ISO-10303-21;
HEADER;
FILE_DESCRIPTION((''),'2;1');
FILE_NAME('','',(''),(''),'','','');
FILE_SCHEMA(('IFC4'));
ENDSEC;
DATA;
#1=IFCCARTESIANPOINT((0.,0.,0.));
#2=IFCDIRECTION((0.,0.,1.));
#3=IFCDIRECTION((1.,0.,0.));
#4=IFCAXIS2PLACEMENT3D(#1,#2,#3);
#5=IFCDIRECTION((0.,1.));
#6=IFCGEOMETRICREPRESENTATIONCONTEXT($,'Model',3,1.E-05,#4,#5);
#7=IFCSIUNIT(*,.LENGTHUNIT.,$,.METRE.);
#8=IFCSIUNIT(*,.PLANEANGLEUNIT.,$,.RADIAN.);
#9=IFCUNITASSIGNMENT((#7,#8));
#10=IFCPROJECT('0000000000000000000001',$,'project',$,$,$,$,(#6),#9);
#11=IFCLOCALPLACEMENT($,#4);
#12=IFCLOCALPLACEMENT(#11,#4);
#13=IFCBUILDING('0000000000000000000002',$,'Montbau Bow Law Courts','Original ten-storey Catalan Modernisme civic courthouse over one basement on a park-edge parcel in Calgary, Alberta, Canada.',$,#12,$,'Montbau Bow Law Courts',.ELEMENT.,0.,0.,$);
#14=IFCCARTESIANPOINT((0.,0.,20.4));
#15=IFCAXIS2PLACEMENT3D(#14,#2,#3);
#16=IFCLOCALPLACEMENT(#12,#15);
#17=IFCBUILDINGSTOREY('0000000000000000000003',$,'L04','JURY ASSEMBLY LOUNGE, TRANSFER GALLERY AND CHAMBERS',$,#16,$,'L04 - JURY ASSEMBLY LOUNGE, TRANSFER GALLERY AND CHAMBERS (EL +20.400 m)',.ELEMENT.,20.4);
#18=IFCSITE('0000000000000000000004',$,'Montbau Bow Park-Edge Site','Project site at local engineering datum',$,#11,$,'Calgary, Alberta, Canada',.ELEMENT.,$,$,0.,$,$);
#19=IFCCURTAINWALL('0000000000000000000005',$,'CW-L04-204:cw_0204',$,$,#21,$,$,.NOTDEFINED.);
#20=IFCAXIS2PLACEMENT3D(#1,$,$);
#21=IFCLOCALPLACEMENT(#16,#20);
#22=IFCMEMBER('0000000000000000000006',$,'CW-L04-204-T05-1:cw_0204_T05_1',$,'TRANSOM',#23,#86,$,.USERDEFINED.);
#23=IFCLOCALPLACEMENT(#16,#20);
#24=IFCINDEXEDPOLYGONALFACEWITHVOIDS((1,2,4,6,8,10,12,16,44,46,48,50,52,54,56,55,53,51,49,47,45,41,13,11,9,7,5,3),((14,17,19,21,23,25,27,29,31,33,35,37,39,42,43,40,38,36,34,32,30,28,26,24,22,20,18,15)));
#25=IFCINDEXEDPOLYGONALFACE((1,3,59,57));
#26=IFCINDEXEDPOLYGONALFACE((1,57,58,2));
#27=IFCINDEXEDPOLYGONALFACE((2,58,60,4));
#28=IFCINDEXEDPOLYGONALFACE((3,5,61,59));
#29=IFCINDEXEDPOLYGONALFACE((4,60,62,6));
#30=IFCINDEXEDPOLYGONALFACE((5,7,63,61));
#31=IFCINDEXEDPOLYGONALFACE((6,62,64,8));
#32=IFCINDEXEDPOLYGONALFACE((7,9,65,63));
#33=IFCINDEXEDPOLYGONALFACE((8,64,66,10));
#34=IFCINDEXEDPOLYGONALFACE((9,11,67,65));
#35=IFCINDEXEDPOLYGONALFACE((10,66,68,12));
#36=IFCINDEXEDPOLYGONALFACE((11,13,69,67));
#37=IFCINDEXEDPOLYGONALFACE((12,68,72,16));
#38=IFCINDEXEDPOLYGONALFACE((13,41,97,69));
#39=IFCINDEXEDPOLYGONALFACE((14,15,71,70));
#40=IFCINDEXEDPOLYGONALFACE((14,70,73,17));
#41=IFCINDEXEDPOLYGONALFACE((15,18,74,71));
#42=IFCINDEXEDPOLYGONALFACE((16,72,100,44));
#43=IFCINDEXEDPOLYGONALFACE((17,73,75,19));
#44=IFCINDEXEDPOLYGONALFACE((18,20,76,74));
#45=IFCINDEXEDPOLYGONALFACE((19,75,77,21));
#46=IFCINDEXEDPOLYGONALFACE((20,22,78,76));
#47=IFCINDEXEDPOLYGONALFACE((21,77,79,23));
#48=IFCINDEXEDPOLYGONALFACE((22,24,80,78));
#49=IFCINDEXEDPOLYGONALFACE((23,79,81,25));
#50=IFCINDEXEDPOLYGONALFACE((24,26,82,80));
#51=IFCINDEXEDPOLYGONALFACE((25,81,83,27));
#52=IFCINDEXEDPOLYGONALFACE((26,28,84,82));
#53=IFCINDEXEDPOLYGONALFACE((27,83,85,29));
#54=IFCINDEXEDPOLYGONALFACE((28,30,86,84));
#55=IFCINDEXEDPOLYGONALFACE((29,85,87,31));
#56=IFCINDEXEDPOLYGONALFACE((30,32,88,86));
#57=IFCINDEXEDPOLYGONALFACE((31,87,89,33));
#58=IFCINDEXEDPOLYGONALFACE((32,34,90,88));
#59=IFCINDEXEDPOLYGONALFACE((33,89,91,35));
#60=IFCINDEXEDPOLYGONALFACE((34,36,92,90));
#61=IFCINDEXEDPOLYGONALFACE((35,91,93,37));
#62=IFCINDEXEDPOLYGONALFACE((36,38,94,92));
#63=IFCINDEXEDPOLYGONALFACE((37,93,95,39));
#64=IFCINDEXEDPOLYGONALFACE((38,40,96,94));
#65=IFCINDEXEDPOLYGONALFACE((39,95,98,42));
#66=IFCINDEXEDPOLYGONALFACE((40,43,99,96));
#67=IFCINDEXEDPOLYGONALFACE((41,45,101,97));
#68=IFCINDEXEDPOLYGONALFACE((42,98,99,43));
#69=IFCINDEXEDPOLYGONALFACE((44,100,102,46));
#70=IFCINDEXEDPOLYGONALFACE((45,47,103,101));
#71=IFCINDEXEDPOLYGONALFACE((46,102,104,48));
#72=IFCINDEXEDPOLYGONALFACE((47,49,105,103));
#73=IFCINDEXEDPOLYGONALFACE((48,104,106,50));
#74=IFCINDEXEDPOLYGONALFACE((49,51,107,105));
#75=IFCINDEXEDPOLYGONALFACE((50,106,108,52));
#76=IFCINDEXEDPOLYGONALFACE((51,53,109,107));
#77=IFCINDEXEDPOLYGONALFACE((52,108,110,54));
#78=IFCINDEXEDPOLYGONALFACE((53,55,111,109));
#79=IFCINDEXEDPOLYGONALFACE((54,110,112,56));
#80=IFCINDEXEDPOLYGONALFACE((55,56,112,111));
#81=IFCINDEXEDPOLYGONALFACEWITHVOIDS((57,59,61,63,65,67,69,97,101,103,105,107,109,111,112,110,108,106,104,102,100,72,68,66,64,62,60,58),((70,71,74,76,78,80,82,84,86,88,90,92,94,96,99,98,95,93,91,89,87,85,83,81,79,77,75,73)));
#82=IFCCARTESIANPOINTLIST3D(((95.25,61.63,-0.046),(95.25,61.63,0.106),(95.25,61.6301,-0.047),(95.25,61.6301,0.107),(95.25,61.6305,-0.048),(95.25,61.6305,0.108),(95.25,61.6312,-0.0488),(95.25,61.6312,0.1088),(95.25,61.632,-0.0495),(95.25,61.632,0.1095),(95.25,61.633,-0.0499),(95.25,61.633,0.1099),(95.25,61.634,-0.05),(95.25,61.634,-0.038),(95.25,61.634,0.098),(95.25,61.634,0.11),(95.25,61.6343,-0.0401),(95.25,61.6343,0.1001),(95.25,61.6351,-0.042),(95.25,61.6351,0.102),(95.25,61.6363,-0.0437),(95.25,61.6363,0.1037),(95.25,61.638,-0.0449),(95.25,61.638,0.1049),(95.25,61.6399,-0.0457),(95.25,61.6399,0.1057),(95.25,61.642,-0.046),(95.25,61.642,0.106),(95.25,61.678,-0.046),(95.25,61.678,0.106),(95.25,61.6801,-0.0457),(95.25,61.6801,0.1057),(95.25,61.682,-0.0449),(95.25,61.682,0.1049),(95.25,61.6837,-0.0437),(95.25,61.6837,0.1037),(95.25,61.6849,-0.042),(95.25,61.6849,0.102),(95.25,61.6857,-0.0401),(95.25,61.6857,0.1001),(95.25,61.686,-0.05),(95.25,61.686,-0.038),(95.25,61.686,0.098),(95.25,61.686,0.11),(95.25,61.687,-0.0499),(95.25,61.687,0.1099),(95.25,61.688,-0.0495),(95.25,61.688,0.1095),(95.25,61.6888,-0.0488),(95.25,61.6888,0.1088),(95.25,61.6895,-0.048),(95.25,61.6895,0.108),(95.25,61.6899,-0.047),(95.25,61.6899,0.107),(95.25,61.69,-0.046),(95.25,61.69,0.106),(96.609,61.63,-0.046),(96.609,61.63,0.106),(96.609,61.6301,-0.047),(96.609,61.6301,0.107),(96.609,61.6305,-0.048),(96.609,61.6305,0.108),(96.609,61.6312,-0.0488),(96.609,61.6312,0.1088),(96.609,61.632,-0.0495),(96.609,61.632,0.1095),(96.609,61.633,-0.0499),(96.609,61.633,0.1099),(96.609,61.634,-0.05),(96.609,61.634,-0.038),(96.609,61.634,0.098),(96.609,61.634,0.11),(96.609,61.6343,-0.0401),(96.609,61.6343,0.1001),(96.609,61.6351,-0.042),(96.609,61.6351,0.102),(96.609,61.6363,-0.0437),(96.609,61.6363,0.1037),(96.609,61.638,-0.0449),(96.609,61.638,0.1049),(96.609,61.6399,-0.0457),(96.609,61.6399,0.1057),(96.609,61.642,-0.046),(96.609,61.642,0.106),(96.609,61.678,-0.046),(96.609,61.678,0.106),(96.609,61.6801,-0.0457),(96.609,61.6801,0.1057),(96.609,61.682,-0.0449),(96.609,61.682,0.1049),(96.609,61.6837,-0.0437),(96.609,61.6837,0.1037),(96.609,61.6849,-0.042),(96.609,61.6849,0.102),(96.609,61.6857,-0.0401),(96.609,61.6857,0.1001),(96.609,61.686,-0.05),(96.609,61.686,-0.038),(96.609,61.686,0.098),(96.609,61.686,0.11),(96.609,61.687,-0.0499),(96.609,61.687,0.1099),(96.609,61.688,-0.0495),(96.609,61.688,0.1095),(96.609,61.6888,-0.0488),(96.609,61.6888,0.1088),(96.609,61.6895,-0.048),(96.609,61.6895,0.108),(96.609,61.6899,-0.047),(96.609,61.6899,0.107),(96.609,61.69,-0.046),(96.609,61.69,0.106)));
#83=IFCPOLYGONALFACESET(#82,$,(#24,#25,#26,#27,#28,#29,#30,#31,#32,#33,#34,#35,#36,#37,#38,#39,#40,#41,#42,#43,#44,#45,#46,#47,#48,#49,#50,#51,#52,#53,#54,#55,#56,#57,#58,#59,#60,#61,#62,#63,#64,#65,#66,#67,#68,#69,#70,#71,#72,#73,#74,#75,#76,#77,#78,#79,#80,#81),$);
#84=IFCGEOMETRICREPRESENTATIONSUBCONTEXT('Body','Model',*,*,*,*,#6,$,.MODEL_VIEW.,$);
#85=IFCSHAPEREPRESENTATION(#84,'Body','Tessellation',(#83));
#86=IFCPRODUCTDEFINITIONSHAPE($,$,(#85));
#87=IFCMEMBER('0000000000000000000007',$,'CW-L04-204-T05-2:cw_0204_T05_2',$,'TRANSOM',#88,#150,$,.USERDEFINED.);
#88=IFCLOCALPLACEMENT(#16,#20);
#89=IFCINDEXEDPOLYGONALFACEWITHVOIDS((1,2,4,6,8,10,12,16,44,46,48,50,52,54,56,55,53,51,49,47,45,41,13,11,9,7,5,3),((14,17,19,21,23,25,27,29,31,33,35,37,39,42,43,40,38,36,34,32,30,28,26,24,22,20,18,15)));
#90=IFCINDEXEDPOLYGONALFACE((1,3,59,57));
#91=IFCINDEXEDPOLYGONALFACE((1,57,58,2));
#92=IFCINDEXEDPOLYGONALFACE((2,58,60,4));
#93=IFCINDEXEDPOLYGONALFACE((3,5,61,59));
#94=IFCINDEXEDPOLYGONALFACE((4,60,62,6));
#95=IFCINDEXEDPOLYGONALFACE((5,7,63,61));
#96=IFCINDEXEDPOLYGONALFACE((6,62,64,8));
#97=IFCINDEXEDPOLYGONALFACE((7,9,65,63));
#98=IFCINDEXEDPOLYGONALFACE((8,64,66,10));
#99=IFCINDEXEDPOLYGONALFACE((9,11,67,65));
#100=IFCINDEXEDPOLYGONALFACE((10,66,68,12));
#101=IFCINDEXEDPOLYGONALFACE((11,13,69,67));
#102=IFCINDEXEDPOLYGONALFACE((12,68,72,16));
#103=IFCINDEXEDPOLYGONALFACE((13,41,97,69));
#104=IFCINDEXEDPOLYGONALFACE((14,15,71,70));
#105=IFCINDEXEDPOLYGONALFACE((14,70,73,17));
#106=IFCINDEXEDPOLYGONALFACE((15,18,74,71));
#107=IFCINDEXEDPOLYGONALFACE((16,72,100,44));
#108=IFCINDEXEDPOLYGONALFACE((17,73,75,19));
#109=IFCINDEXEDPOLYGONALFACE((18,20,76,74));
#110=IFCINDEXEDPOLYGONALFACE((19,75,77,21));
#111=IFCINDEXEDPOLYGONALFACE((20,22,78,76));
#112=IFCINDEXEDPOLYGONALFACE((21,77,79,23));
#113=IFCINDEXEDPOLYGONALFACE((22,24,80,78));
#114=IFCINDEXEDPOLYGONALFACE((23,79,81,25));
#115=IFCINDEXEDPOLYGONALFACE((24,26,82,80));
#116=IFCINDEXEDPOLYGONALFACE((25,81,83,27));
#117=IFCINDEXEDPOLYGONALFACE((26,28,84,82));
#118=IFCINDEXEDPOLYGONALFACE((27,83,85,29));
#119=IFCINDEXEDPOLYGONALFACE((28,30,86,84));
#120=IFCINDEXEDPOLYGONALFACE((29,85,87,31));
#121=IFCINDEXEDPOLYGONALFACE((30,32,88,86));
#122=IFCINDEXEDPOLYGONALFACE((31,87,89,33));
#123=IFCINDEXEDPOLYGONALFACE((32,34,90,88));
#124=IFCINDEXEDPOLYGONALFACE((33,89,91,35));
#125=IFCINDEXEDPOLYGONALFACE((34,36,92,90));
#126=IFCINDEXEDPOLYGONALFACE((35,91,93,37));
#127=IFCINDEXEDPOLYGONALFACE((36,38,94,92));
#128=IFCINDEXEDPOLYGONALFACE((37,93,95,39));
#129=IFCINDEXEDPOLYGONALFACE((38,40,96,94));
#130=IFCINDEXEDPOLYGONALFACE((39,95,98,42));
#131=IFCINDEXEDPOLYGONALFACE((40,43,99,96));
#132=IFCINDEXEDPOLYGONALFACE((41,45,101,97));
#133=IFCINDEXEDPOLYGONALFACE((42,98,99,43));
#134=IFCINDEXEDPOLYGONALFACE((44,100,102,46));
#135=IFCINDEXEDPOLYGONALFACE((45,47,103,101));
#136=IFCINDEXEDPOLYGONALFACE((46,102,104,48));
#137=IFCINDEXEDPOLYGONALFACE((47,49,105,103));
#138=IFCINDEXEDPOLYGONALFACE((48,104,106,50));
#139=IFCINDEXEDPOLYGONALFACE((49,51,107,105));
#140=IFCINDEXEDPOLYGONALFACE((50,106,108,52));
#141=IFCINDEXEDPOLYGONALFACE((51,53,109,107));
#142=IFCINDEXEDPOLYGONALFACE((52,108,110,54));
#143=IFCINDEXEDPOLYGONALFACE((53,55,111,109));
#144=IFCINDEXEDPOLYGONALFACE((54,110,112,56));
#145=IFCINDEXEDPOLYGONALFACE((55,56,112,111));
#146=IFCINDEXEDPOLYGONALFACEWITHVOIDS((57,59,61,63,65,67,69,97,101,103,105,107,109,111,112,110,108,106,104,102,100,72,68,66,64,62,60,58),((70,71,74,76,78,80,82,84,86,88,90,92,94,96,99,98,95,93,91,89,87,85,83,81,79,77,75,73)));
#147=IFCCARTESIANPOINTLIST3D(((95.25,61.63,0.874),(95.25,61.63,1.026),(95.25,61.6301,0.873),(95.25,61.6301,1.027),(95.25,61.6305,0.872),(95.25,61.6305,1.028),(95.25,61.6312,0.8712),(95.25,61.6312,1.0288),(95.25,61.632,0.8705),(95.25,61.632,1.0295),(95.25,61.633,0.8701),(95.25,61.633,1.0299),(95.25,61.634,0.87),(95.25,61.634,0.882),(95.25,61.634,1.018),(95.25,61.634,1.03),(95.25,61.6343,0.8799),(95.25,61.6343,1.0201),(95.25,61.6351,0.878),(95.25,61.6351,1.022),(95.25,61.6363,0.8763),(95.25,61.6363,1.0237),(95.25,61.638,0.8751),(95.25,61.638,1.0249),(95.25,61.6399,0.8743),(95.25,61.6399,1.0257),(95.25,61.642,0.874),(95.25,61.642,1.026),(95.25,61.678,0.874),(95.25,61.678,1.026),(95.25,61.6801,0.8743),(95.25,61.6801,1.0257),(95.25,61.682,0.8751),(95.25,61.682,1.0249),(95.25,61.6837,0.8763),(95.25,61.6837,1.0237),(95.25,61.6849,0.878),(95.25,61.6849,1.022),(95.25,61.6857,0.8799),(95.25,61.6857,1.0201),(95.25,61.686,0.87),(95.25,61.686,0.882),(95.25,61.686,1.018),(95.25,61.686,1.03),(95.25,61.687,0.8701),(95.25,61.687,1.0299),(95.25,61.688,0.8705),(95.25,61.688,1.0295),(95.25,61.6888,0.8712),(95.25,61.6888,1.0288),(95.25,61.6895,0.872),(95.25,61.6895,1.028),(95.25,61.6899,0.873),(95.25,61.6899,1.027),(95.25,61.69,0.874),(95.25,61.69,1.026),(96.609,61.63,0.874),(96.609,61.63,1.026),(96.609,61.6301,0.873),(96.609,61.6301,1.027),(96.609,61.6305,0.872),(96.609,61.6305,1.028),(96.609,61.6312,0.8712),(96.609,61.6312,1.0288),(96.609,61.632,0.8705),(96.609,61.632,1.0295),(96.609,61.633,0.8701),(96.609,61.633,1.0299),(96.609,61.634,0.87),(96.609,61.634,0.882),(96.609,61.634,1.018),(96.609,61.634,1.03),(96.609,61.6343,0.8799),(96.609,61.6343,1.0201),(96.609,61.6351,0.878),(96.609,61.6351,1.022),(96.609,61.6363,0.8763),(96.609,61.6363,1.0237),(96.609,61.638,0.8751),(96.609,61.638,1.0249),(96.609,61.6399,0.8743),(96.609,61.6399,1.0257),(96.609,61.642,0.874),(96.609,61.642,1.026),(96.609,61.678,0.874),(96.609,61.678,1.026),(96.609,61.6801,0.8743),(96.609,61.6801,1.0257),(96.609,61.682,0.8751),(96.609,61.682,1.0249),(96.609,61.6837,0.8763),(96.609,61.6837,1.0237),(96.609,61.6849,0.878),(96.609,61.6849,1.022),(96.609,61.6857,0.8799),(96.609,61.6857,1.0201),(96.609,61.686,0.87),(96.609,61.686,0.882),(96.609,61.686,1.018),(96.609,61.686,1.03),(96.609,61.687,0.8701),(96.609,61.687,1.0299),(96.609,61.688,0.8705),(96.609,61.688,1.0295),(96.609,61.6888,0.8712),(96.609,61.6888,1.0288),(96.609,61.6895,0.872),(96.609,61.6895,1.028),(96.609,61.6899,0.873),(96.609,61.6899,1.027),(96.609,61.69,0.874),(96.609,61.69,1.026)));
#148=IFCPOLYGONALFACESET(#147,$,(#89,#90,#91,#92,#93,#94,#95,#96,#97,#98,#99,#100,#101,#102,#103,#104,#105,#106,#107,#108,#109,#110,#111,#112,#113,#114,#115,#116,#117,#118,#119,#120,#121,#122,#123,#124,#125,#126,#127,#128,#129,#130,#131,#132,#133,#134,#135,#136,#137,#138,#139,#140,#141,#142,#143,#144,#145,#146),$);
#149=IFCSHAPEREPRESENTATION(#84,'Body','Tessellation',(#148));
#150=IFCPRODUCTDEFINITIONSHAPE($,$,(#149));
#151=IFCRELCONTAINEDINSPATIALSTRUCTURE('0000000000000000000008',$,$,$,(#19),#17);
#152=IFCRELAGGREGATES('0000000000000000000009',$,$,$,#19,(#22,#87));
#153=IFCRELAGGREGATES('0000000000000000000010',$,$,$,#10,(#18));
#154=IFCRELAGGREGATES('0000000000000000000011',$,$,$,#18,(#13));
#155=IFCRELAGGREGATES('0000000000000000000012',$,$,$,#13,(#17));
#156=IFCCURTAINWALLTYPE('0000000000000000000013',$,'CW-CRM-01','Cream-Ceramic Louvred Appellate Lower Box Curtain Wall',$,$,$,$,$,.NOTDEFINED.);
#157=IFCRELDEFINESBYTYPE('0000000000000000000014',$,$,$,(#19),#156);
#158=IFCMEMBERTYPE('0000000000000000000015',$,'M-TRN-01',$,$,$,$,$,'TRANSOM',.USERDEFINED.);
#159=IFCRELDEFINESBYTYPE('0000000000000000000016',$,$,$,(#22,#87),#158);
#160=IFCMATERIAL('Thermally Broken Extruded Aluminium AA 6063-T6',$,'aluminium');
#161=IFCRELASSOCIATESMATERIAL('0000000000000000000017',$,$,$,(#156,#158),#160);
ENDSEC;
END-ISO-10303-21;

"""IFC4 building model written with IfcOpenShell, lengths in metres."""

from ifc_helpers import new_model, si_unit, direction, frame, origin_with_axes, origin_2d_with_axis, place, context, subcontext, project, spatial, hollow_rectangle, extrude, material, material_profile, profile_set, type_object, element, aggregate, save


model = new_model("IFC4")

# Units and contexts
model_context = context("Model", 3, precision=1e-05, world=origin_with_axes(), true_north=direction((0.0, 1.0)))
body_context = subcontext(model_context, "Body", "Model", "MODEL_VIEW")
ifc_project = project(units=[si_unit("LENGTHUNIT", "METRE"), si_unit("PLANEANGLEUNIT", "RADIAN")], contexts=[model_context])

# Site, building, storey
site_placement = place(None, origin_with_axes())
site = spatial("IfcSite", under=ifc_project, at=site_placement, Name="Montbau Bow Park-Edge Site", Description="Project site at local engineering datum", LongName="Calgary, Alberta, Canada", CompositionType="ELEMENT", RefElevation=0.0)
building_placement = place(site_placement, origin_with_axes())
building = spatial("IfcBuilding", under=site, at=building_placement, Name="Montbau Bow Law Courts", Description="Original ten-storey Catalan Modernisme civic courthouse over one basement on a park-edge parcel in Calgary, Alberta, Canada.", LongName="Montbau Bow Law Courts", CompositionType="ELEMENT", ElevationOfRefHeight=0.0, ElevationOfTerrain=0.0)
storey_placement = place(building_placement, frame((0.0, 0.0, 20.4), z_axis=(0.0, 0.0, 1.0), x_axis=(1.0, 0.0, 0.0)))
storey = spatial("IfcBuildingStorey", under=building, at=storey_placement, Name="L04", Description="JURY ASSEMBLY LOUNGE, TRANSFER GALLERY AND CHAMBERS", LongName="L04 - JURY ASSEMBLY LOUNGE, TRANSFER GALLERY AND CHAMBERS (EL +20.400 m)", CompositionType="ELEMENT", Elevation=20.4)

# Curtain wall, members
ifc_material_1 = material(Name="Thermally Broken Extruded Aluminium AA 6063-T6", Category="aluminium")
curtain_wall_type = type_object("IfcCurtainWallType", Name="CW-CRM-01", Description="Cream-Ceramic Louvred Appellate Lower Box Curtain Wall", PredefinedType="NOTDEFINED", material=ifc_material_1)
curtain_wall_placement = place(None, frame((89.315, 61.66, 20.4), z_axis=(0.0, 0.0, 1.0), x_axis=(1.0, 0.0, 0.0)))
curtain_wall = element("IfcCurtainWall", 1, at=curtain_wall_placement, inside=storey, type_object=curtain_wall_type, Name="CW-L04-204:cw_0204", PredefinedType="NOTDEFINED")
ifc_material_profile_1 = material_profile(ifc_material_1, hollow_rectangle(XDim=0.06, YDim=0.16, WallThickness=0.004, InnerFilletRadius=0.008, OuterFilletRadius=0.004, at=origin_2d_with_axis()), Name="CWT-160X60", Category="Main", Priority=0)
ifc_profile_set_1 = profile_set([ifc_material_profile_1], Name="Thermally Broken Extruded Aluminium AA 6063-T6")
member_type_1 = type_object("IfcMemberType", Name="M-TRN-01", ElementType="TRANSOM", PredefinedType="USERDEFINED", material=ifc_profile_set_1)
member_1_placement = place(None, frame((95.25, 61.66, 20.43), z_axis=(1.0, 0.0, 0.0), x_axis=(0.0, 1.0, 0.0)))
member_1 = element("IfcMember", 2, at=member_1_placement, type_object=member_type_1, Name="CW-L04-204-T05-1:cw_0204_T05_1", ObjectType="TRANSOM", PredefinedType="USERDEFINED", context=body_context, shape_type="SweptSolid", body=[
    extrude(hollow_rectangle(XDim=0.06, YDim=0.16, WallThickness=0.004, InnerFilletRadius=0.008, OuterFilletRadius=0.004, at=origin_2d_with_axis()), origin_with_axes(), (0.0, 0.0, 1.0), 1.359),
])
member_2_placement = place(None, frame((95.25, 61.66, 21.35), z_axis=(1.0, 0.0, 0.0), x_axis=(0.0, 1.0, 0.0)))
member_2 = element("IfcMember", 3, at=member_2_placement, type_object=member_type_1, Name="CW-L04-204-T05-2:cw_0204_T05_2", ObjectType="TRANSOM", PredefinedType="USERDEFINED", context=body_context, shape_type="SweptSolid", body=[
    extrude(hollow_rectangle(XDim=0.06, YDim=0.16, WallThickness=0.004, InnerFilletRadius=0.008, OuterFilletRadius=0.004, at=origin_2d_with_axis()), origin_with_axes(), (0.0, 0.0, 1.0), 1.359),
])
aggregate(curtain_wall, [member_1, member_2])

save(model, "model.ifc")
